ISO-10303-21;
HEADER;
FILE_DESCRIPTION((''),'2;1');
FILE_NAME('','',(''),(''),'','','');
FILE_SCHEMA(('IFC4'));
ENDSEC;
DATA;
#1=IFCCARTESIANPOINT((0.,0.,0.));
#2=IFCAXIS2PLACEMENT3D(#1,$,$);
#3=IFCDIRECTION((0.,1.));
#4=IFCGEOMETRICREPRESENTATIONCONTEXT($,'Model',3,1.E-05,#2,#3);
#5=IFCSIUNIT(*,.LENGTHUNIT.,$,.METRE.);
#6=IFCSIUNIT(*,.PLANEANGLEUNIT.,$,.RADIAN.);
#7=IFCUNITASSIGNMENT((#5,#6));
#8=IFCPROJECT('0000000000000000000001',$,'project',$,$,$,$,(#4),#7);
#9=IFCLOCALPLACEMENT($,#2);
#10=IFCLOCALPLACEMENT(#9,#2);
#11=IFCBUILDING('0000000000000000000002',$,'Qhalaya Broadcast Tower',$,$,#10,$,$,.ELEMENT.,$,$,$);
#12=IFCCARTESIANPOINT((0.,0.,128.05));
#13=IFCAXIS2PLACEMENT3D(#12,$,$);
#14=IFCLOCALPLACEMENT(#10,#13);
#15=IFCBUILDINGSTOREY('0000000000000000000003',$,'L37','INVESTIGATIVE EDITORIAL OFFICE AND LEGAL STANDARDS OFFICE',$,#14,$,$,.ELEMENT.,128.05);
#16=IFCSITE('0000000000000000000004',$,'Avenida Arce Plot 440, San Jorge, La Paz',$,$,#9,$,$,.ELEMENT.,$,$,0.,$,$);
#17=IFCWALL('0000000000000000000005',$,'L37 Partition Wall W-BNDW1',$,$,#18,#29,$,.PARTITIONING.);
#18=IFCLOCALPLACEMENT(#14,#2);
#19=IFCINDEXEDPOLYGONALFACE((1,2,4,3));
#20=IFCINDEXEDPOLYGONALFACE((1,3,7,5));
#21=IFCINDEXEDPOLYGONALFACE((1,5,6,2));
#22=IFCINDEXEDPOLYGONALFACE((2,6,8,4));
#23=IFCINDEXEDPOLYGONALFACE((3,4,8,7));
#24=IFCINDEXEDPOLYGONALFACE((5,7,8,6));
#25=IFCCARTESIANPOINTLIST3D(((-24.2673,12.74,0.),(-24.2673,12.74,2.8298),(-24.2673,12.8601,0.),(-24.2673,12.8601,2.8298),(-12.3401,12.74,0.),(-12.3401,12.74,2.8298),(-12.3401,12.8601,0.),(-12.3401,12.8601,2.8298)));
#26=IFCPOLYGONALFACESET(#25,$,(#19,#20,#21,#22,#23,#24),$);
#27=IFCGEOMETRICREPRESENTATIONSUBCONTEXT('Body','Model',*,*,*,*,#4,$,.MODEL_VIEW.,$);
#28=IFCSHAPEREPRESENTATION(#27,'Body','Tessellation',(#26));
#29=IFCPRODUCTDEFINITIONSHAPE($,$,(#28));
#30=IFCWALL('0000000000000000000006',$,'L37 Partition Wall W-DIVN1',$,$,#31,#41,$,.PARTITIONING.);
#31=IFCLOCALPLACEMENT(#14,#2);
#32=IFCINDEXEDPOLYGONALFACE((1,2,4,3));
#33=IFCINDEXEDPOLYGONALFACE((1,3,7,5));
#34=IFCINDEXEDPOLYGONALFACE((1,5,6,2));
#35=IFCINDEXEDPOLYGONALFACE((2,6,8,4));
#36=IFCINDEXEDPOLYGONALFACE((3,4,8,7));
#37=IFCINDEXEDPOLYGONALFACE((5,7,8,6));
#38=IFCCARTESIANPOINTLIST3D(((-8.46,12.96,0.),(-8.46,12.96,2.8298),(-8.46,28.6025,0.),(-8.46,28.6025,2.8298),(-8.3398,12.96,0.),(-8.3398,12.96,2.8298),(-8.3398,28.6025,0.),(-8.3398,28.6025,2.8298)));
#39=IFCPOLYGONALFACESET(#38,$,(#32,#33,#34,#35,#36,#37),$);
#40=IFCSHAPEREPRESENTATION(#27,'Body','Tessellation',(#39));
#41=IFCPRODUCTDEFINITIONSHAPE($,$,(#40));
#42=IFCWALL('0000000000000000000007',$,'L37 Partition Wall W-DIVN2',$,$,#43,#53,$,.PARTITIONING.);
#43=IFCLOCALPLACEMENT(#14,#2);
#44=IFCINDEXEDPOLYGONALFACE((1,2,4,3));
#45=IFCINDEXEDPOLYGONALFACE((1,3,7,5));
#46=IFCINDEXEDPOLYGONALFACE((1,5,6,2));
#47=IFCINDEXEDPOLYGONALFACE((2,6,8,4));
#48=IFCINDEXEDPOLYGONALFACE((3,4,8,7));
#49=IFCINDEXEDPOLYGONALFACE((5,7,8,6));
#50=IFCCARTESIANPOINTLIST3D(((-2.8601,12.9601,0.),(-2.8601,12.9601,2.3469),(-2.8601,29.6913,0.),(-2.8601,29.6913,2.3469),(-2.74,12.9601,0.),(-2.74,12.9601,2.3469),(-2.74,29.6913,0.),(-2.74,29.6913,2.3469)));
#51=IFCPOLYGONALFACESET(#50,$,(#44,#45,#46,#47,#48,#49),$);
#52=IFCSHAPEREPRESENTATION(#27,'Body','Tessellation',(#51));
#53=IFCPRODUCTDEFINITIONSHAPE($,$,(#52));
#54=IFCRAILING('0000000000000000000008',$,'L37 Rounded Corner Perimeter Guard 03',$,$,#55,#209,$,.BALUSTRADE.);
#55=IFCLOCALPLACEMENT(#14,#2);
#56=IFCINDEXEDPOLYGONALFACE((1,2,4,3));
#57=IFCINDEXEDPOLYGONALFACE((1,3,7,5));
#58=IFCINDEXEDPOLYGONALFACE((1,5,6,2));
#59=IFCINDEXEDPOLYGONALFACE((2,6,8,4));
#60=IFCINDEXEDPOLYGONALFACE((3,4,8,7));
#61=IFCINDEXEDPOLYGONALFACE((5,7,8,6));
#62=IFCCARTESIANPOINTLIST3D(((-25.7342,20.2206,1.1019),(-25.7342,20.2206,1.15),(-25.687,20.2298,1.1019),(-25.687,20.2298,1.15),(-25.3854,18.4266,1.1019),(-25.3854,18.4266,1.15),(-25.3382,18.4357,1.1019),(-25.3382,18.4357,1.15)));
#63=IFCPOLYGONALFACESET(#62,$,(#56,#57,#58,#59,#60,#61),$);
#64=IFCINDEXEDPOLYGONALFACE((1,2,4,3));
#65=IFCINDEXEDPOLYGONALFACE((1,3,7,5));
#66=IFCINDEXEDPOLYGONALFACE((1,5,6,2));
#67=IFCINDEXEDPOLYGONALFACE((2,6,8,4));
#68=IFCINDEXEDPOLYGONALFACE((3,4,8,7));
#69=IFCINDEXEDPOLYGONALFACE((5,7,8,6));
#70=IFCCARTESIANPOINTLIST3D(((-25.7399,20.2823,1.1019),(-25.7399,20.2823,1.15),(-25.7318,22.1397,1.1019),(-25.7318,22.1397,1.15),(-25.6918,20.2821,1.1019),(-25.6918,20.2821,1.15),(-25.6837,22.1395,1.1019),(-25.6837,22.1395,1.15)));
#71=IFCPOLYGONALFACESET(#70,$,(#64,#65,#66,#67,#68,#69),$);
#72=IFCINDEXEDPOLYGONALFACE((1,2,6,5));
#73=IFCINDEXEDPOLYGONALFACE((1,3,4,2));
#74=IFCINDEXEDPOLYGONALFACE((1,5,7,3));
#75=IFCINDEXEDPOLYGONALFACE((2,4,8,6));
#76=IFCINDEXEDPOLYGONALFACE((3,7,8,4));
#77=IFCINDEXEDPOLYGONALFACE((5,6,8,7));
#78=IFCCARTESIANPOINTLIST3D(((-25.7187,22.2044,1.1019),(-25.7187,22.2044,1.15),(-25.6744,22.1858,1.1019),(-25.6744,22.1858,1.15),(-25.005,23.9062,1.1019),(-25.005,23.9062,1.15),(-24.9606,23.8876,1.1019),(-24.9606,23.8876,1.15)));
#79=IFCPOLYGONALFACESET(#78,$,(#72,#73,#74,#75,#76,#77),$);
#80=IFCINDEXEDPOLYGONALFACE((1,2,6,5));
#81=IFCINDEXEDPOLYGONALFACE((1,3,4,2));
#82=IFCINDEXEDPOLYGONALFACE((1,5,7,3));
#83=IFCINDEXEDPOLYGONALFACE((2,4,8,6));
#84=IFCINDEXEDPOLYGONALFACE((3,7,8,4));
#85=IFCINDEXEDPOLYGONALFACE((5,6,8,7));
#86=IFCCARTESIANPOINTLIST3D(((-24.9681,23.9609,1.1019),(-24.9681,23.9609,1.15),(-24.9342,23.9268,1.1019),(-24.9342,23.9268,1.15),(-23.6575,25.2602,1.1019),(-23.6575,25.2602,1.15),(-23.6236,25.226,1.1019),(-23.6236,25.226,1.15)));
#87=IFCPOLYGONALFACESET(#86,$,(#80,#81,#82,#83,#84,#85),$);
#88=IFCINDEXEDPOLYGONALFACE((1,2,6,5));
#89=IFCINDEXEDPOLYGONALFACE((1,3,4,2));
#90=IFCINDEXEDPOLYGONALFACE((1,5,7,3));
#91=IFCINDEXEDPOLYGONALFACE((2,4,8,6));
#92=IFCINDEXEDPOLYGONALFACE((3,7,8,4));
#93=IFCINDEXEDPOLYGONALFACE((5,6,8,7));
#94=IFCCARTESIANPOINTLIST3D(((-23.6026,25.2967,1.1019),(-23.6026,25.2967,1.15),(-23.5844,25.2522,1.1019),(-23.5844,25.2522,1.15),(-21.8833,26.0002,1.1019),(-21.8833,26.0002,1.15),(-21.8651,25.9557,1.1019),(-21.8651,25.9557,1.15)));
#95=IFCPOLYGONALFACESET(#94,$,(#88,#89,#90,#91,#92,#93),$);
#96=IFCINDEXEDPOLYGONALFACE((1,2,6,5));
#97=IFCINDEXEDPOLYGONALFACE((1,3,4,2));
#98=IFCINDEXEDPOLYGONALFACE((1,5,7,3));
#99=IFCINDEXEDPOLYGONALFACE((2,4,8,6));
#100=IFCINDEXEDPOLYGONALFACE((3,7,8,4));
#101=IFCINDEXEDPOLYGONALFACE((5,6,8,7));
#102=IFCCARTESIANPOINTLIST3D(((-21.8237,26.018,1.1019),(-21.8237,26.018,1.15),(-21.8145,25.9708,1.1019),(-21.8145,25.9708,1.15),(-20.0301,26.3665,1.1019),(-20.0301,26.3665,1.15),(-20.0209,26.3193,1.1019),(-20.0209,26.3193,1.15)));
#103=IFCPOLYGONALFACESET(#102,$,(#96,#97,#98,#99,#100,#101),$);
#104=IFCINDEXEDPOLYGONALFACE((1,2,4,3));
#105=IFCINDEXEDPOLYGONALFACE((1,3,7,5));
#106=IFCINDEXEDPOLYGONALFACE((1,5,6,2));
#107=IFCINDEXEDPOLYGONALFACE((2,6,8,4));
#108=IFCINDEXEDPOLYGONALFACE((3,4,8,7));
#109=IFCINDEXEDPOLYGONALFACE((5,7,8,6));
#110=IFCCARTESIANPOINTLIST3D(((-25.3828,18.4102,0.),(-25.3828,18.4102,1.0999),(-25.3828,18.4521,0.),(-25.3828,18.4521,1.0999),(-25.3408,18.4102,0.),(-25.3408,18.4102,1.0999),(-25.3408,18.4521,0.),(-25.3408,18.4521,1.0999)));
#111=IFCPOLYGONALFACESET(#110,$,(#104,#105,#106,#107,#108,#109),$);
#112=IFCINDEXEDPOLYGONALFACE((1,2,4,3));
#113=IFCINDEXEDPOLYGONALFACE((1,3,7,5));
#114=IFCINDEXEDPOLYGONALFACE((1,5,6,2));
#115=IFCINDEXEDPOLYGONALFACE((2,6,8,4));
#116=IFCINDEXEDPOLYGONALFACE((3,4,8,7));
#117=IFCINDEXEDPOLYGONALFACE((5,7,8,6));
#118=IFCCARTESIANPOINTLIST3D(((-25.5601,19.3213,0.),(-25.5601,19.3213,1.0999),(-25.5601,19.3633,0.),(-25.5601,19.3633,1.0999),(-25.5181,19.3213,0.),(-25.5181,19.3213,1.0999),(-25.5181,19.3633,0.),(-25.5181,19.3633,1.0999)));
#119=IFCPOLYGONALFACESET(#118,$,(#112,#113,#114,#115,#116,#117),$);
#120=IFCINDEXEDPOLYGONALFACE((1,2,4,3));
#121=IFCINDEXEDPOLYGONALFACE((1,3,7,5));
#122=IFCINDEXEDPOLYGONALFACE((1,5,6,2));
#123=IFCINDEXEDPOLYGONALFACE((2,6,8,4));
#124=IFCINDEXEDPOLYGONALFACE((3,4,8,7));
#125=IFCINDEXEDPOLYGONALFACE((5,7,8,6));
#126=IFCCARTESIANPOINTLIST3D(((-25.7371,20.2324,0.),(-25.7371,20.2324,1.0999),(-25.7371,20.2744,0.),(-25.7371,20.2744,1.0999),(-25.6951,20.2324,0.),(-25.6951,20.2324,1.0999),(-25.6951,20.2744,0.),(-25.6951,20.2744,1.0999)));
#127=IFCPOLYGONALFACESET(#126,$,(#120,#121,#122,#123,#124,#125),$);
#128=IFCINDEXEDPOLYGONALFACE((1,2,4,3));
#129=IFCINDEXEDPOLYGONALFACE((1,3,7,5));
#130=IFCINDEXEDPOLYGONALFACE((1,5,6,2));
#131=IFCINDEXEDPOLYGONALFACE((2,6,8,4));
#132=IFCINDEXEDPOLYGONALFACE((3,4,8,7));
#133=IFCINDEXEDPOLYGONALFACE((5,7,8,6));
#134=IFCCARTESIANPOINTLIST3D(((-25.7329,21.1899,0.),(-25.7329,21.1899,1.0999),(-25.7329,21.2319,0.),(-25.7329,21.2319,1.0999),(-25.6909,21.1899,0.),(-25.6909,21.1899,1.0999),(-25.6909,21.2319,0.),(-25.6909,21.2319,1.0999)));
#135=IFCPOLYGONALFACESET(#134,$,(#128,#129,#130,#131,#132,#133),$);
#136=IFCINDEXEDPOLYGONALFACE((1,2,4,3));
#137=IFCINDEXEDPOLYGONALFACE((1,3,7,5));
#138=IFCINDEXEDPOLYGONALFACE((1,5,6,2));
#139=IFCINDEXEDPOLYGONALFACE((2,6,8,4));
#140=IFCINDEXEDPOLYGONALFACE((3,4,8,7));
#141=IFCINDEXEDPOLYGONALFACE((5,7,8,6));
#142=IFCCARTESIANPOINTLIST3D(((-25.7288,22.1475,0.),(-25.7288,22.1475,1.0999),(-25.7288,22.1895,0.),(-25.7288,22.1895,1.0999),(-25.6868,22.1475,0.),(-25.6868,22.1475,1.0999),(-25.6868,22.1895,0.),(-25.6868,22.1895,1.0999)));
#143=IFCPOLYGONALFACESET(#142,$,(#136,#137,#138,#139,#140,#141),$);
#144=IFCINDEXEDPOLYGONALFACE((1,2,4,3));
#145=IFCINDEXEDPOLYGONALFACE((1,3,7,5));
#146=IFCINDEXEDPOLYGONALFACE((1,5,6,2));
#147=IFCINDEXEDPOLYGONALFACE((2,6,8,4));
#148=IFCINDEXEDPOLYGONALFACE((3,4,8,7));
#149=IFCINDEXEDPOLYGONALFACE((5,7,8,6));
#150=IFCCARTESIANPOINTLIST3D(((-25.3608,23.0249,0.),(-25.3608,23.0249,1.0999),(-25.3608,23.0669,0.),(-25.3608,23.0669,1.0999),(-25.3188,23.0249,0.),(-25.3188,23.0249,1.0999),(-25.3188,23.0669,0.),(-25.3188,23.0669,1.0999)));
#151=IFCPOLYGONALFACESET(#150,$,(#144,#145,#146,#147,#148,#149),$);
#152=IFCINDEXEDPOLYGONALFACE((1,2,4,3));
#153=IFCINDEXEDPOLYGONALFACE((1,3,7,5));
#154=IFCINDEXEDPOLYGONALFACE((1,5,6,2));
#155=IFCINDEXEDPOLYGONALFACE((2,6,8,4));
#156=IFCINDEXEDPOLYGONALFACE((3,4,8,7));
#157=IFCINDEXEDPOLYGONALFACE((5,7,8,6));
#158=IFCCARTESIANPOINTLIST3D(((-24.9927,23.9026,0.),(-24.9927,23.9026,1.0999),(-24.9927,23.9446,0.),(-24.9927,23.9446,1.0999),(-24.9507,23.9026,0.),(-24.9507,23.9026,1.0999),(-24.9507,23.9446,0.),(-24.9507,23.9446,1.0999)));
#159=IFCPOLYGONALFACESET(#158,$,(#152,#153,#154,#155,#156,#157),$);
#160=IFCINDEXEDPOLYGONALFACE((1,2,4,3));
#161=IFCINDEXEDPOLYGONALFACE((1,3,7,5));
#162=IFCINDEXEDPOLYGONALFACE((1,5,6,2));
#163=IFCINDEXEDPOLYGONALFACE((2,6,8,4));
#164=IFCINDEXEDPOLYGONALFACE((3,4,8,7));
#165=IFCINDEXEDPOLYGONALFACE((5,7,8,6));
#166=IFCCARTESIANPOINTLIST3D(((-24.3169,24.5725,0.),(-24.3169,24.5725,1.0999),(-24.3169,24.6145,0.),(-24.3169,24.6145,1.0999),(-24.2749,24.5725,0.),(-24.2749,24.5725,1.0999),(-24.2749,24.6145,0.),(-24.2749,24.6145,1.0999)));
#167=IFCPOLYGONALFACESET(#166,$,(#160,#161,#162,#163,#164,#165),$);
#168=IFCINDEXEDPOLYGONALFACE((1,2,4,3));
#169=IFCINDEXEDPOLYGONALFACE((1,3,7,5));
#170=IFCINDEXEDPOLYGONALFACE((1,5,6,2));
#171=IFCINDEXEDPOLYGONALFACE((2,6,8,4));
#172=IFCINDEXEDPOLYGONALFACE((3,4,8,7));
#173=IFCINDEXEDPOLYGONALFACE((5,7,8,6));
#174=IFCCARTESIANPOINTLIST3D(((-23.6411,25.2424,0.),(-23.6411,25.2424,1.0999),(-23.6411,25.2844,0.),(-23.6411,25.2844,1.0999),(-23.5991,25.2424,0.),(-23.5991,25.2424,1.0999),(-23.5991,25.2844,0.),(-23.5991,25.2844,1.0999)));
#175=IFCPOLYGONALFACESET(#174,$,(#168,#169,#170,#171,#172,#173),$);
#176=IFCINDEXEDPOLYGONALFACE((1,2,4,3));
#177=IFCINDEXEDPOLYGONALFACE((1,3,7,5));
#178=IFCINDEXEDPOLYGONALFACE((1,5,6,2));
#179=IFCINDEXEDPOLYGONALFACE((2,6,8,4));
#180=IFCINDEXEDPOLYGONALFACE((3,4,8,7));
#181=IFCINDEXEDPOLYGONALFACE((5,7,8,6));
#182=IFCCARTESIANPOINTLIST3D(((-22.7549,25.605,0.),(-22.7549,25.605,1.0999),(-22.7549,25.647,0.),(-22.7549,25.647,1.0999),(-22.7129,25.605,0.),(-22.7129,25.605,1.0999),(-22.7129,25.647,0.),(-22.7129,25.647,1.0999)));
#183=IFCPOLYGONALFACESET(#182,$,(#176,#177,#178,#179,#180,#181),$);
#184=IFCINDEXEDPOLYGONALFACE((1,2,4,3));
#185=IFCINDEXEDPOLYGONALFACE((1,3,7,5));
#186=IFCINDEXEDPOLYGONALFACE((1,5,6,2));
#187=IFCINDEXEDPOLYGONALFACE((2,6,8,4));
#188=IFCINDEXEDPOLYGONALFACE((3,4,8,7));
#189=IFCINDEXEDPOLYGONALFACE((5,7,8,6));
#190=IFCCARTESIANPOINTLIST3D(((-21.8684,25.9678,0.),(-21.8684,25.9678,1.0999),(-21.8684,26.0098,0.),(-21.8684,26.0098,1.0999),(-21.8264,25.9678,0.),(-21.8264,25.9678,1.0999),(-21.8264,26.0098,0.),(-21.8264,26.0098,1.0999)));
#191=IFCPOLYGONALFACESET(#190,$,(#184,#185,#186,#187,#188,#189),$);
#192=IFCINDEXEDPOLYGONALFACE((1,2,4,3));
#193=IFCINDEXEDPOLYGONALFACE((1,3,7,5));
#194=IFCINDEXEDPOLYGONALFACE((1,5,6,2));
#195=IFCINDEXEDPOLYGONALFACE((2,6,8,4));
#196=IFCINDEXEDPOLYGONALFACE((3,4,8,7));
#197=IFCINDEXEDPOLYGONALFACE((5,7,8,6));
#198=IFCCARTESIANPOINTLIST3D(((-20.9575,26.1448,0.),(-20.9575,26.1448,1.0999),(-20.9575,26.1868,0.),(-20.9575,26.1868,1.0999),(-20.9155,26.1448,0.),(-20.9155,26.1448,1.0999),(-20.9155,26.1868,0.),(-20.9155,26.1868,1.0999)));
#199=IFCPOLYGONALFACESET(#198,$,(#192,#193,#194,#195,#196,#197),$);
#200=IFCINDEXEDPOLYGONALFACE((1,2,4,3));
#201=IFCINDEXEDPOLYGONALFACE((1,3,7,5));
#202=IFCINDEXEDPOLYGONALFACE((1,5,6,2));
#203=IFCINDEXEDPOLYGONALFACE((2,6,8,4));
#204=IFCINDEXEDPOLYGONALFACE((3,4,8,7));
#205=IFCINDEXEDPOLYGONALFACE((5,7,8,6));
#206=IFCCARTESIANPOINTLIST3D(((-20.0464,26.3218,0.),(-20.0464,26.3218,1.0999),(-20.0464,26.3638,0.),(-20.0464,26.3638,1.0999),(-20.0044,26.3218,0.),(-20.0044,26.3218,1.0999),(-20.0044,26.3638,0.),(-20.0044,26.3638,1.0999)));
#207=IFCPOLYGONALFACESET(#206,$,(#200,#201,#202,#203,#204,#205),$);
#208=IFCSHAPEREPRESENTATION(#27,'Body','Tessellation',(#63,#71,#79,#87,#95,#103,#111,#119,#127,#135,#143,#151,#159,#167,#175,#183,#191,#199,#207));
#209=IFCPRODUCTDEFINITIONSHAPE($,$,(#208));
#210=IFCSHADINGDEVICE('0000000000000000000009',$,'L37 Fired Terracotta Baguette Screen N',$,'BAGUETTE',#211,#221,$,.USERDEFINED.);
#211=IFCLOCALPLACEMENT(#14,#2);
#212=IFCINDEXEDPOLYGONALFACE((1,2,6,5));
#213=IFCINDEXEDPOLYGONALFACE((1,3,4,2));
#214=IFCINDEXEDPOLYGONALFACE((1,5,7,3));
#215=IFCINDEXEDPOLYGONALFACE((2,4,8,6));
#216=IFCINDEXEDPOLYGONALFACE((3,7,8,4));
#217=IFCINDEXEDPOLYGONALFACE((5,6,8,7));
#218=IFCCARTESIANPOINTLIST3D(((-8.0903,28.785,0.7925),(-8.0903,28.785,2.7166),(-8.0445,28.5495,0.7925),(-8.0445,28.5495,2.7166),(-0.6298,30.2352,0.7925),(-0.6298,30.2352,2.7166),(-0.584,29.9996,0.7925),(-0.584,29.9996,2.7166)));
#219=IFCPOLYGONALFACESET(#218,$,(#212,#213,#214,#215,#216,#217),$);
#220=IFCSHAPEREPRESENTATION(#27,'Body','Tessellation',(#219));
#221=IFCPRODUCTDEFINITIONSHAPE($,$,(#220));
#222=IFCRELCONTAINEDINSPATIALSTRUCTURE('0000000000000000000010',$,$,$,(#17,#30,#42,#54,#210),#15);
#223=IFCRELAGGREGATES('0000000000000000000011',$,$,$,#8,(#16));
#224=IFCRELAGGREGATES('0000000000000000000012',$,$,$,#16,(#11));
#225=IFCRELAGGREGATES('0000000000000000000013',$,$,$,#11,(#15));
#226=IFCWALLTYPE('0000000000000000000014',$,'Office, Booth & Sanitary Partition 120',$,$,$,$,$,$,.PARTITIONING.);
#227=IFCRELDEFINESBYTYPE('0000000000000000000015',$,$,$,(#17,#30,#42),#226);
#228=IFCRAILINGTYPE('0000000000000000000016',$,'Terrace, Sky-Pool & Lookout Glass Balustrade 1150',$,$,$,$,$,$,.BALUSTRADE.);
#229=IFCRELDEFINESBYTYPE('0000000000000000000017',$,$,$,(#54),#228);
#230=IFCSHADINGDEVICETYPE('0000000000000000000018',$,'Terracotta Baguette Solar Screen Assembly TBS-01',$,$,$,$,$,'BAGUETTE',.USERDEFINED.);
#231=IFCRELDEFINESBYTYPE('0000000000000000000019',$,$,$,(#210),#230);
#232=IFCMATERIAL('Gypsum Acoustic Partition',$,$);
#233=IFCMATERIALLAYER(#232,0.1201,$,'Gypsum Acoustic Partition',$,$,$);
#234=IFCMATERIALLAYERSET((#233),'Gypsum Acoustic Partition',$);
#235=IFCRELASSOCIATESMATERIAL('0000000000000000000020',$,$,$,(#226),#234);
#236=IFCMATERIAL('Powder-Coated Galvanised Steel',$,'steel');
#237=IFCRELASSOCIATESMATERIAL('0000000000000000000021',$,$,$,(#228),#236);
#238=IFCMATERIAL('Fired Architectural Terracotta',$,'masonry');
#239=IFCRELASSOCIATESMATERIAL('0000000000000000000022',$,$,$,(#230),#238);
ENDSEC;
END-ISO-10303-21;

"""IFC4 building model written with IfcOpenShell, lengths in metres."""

from ifc_helpers import new_model, si_unit, direction, frame, frame_2d, origin, origin_2d, place, context, subcontext, project, spatial, rectangle, extrude, material, layer, layer_set, type_object, element, save


model = new_model("IFC4")

# Units and contexts
model_context = context("Model", 3, precision=1e-05, world=origin(), true_north=direction((0.0, 1.0)))
body_context = subcontext(model_context, "Body", "Model", "MODEL_VIEW")
ifc_project = project(units=[si_unit("LENGTHUNIT", "METRE"), si_unit("PLANEANGLEUNIT", "RADIAN")], contexts=[model_context])

# Site, building, storey
site_placement = place(None, origin())
site = spatial("IfcSite", under=ifc_project, at=site_placement, Name="Avenida Arce Plot 440, San Jorge, La Paz", CompositionType="ELEMENT", RefElevation=0.0)
building_placement = place(site_placement, origin())
building = spatial("IfcBuilding", under=site, at=building_placement, Name="Qhalaya Broadcast Tower", CompositionType="ELEMENT")
storey_placement = place(building_placement, frame((0.0, 0.0, 128.05)))
storey = spatial("IfcBuildingStorey", under=building, at=storey_placement, Name="L37", Description="INVESTIGATIVE EDITORIAL OFFICE AND LEGAL STANDARDS OFFICE", CompositionType="ELEMENT", Elevation=128.05)

# Shared definitions
ifc_material_1 = material(Name="Fired Architectural Terracotta", Category="masonry")

# Shared definitions
ifc_material_2 = material(Name="Gypsum Acoustic Partition")

# Walls
ifc_layer_1 = layer(ifc_material_2, 0.1201, Name="Gypsum Acoustic Partition")
ifc_layer_set_1 = layer_set([ifc_layer_1], Name="Gypsum Acoustic Partition")
wall_type_1 = type_object("IfcWallType", Name="Office, Booth & Sanitary Partition 120", PredefinedType="PARTITIONING", material=ifc_layer_set_1)
wall_1_placement = place(storey_placement, frame((-24.2673, 12.8, 0.0), z_axis=(0.0, 0.0, 1.0), x_axis=(1.0, 0.0, 0.0)))
element("IfcWall", 1, at=wall_1_placement, inside=storey, type_object=wall_type_1, Name="L37 Partition Wall W-BNDW1", PredefinedType="PARTITIONING", context=body_context, shape_type="SweptSolid", body=[
    extrude(rectangle(XDim=11.9272, YDim=0.1201, at=frame_2d((5.9636, 0.0))), origin(), (0.0, 0.0, 1.0), 2.8298),
])
wall_2_placement = place(storey_placement, frame((-8.3999, 12.96, 0.0), z_axis=(0.0, 0.0, 1.0), x_axis=(0.0, 1.0, 0.0)))
element("IfcWall", 2, at=wall_2_placement, inside=storey, type_object=wall_type_1, Name="L37 Partition Wall W-DIVN1", PredefinedType="PARTITIONING", context=body_context, shape_type="SweptSolid", body=[
    extrude(rectangle(XDim=15.6426, YDim=0.1201, at=frame_2d((7.8213, 0.0))), origin(), (0.0, 0.0, 1.0), 2.8298),
])
wall_3_placement = place(storey_placement, frame((-2.8, 12.96, 0.0), z_axis=(0.0, 0.0, 1.0), x_axis=(0.0, 1.0, 0.0)))
element("IfcWall", 3, at=wall_3_placement, inside=storey, type_object=wall_type_1, Name="L37 Partition Wall W-DIVN2", PredefinedType="PARTITIONING", context=body_context, shape_type="SweptSolid", body=[
    extrude(rectangle(XDim=16.7312, YDim=0.1201, at=frame_2d((8.3657, 0.0))), origin(), (0.0, 0.0, 1.0), 2.3469),
])

# Railing
ifc_material_3 = material(Name="Powder-Coated Galvanised Steel", Category="steel")
railing_type = type_object("IfcRailingType", Name="Terrace, Sky-Pool & Lookout Glass Balustrade 1150", PredefinedType="BALUSTRADE", material=ifc_material_3)
railing_placement = place(storey_placement, frame((-25.3618, 18.4312, 0.0)))
element("IfcRailing", 4, at=railing_placement, inside=storey, type_object=railing_type, Name="L37 Rounded Corner Perimeter Guard 03", PredefinedType="BALUSTRADE", context=body_context, shape_type="SweptSolid", body=[
    extrude(rectangle(XDim=0.0481, YDim=0.0481, at=origin_2d()), frame((0.0, 0.0, 1.126), z_axis=(-0.190827, 0.981624, 0.0), x_axis=(-0.981624, -0.190827, 0.0)), (0.0, 0.0, 1.0), 1.8276),
    extrude(rectangle(XDim=0.0481, YDim=0.0481, at=origin_2d()), frame((-0.354, 1.8511, 1.126), z_axis=(0.004334, 0.999991, 0.0), x_axis=(-0.999991, 0.004334, 0.0)), (0.0, 0.0, 1.0), 1.8574),
    extrude(rectangle(XDim=0.0481, YDim=0.0481, at=origin_2d()), frame((-0.3347, 3.7639, 1.126), z_axis=(0.386755, 0.922183, 0.0), x_axis=(-0.922183, 0.386755, 0.0)), (0.0, 0.0, 1.0), 1.8455),
    extrude(rectangle(XDim=0.0481, YDim=0.0481, at=origin_2d()), frame((0.4106, 5.5127, 1.126), z_axis=(0.710179, 0.704021, 0.0), x_axis=(-0.704021, 0.710179, 0.0)), (0.0, 0.0, 1.0), 1.8455),
    extrude(rectangle(XDim=0.0481, YDim=0.0481, at=origin_2d()), frame((1.7683, 6.8433, 1.126), z_axis=(0.925521, 0.378697, 0.0), x_axis=(-0.378697, 0.925521, 0.0)), (0.0, 0.0, 1.0), 1.8577),
    extrude(rectangle(XDim=0.0481, YDim=0.0481, at=origin_2d()), frame((3.5427, 7.5632, 1.126), z_axis=(0.981643, 0.190725, 0.0), x_axis=(-0.190725, 0.981643, 0.0)), (0.0, 0.0, 1.0), 1.8271),
    extrude(rectangle(XDim=0.042, YDim=0.042, at=origin_2d()), origin(), (0.0, 0.0, 1.0), 1.0999),
    extrude(rectangle(XDim=0.042, YDim=0.042, at=origin_2d()), frame((-0.1772, 0.9111, 0.0)), (0.0, 0.0, 1.0), 1.0999),
    extrude(rectangle(XDim=0.042, YDim=0.042, at=origin_2d()), frame((-0.3542, 1.8223, 0.0)), (0.0, 0.0, 1.0), 1.0999),
    extrude(rectangle(XDim=0.042, YDim=0.042, at=origin_2d()), frame((-0.3501, 2.7798, 0.0)), (0.0, 0.0, 1.0), 1.0999),
    extrude(rectangle(XDim=0.042, YDim=0.042, at=origin_2d()), frame((-0.3459, 3.7373, 0.0)), (0.0, 0.0, 1.0), 1.0999),
    extrude(rectangle(XDim=0.042, YDim=0.042, at=origin_2d()), frame((0.022, 4.6147, 0.0)), (0.0, 0.0, 1.0), 1.0999),
    extrude(rectangle(XDim=0.042, YDim=0.042, at=origin_2d()), frame((0.3901, 5.4924, 0.0)), (0.0, 0.0, 1.0), 1.0999),
    extrude(rectangle(XDim=0.042, YDim=0.042, at=origin_2d()), frame((1.0659, 6.1624, 0.0)), (0.0, 0.0, 1.0), 1.0999),
    extrude(rectangle(XDim=0.042, YDim=0.042, at=origin_2d()), frame((1.7417, 6.8323, 0.0)), (0.0, 0.0, 1.0), 1.0999),
    extrude(rectangle(XDim=0.042, YDim=0.042, at=origin_2d()), frame((2.6279, 7.1948, 0.0)), (0.0, 0.0, 1.0), 1.0999),
    extrude(rectangle(XDim=0.042, YDim=0.042, at=origin_2d()), frame((3.5144, 7.5576, 0.0)), (0.0, 0.0, 1.0), 1.0999),
    extrude(rectangle(XDim=0.042, YDim=0.042, at=origin_2d()), frame((4.4253, 7.7346, 0.0)), (0.0, 0.0, 1.0), 1.0999),
    extrude(rectangle(XDim=0.042, YDim=0.042, at=origin_2d()), frame((5.3364, 7.9116, 0.0)), (0.0, 0.0, 1.0), 1.0999),
])

# Shading device
shading_device_type = type_object("IfcShadingDeviceType", Name="Terracotta Baguette Solar Screen Assembly TBS-01", ElementType="BAGUETTE", PredefinedType="USERDEFINED", material=ifc_material_1)
shading_device_placement = place(storey_placement, frame((-4.3372, 29.3923, 0.7925), z_axis=(0.0, 0.0, 1.0), x_axis=(-0.981627, -0.190809, 0.0)))
element("IfcShadingDevice", 5, at=shading_device_placement, inside=storey, type_object=shading_device_type, Name="L37 Fired Terracotta Baguette Screen N", ObjectType="BAGUETTE", PredefinedType="USERDEFINED", context=body_context, shape_type="SweptSolid", body=[
    extrude(rectangle(XDim=7.6001, YDim=0.24, at=origin_2d()), origin(), (0.0, 0.0, 1.0), 1.9241),
])

save(model, "model.ifc")
